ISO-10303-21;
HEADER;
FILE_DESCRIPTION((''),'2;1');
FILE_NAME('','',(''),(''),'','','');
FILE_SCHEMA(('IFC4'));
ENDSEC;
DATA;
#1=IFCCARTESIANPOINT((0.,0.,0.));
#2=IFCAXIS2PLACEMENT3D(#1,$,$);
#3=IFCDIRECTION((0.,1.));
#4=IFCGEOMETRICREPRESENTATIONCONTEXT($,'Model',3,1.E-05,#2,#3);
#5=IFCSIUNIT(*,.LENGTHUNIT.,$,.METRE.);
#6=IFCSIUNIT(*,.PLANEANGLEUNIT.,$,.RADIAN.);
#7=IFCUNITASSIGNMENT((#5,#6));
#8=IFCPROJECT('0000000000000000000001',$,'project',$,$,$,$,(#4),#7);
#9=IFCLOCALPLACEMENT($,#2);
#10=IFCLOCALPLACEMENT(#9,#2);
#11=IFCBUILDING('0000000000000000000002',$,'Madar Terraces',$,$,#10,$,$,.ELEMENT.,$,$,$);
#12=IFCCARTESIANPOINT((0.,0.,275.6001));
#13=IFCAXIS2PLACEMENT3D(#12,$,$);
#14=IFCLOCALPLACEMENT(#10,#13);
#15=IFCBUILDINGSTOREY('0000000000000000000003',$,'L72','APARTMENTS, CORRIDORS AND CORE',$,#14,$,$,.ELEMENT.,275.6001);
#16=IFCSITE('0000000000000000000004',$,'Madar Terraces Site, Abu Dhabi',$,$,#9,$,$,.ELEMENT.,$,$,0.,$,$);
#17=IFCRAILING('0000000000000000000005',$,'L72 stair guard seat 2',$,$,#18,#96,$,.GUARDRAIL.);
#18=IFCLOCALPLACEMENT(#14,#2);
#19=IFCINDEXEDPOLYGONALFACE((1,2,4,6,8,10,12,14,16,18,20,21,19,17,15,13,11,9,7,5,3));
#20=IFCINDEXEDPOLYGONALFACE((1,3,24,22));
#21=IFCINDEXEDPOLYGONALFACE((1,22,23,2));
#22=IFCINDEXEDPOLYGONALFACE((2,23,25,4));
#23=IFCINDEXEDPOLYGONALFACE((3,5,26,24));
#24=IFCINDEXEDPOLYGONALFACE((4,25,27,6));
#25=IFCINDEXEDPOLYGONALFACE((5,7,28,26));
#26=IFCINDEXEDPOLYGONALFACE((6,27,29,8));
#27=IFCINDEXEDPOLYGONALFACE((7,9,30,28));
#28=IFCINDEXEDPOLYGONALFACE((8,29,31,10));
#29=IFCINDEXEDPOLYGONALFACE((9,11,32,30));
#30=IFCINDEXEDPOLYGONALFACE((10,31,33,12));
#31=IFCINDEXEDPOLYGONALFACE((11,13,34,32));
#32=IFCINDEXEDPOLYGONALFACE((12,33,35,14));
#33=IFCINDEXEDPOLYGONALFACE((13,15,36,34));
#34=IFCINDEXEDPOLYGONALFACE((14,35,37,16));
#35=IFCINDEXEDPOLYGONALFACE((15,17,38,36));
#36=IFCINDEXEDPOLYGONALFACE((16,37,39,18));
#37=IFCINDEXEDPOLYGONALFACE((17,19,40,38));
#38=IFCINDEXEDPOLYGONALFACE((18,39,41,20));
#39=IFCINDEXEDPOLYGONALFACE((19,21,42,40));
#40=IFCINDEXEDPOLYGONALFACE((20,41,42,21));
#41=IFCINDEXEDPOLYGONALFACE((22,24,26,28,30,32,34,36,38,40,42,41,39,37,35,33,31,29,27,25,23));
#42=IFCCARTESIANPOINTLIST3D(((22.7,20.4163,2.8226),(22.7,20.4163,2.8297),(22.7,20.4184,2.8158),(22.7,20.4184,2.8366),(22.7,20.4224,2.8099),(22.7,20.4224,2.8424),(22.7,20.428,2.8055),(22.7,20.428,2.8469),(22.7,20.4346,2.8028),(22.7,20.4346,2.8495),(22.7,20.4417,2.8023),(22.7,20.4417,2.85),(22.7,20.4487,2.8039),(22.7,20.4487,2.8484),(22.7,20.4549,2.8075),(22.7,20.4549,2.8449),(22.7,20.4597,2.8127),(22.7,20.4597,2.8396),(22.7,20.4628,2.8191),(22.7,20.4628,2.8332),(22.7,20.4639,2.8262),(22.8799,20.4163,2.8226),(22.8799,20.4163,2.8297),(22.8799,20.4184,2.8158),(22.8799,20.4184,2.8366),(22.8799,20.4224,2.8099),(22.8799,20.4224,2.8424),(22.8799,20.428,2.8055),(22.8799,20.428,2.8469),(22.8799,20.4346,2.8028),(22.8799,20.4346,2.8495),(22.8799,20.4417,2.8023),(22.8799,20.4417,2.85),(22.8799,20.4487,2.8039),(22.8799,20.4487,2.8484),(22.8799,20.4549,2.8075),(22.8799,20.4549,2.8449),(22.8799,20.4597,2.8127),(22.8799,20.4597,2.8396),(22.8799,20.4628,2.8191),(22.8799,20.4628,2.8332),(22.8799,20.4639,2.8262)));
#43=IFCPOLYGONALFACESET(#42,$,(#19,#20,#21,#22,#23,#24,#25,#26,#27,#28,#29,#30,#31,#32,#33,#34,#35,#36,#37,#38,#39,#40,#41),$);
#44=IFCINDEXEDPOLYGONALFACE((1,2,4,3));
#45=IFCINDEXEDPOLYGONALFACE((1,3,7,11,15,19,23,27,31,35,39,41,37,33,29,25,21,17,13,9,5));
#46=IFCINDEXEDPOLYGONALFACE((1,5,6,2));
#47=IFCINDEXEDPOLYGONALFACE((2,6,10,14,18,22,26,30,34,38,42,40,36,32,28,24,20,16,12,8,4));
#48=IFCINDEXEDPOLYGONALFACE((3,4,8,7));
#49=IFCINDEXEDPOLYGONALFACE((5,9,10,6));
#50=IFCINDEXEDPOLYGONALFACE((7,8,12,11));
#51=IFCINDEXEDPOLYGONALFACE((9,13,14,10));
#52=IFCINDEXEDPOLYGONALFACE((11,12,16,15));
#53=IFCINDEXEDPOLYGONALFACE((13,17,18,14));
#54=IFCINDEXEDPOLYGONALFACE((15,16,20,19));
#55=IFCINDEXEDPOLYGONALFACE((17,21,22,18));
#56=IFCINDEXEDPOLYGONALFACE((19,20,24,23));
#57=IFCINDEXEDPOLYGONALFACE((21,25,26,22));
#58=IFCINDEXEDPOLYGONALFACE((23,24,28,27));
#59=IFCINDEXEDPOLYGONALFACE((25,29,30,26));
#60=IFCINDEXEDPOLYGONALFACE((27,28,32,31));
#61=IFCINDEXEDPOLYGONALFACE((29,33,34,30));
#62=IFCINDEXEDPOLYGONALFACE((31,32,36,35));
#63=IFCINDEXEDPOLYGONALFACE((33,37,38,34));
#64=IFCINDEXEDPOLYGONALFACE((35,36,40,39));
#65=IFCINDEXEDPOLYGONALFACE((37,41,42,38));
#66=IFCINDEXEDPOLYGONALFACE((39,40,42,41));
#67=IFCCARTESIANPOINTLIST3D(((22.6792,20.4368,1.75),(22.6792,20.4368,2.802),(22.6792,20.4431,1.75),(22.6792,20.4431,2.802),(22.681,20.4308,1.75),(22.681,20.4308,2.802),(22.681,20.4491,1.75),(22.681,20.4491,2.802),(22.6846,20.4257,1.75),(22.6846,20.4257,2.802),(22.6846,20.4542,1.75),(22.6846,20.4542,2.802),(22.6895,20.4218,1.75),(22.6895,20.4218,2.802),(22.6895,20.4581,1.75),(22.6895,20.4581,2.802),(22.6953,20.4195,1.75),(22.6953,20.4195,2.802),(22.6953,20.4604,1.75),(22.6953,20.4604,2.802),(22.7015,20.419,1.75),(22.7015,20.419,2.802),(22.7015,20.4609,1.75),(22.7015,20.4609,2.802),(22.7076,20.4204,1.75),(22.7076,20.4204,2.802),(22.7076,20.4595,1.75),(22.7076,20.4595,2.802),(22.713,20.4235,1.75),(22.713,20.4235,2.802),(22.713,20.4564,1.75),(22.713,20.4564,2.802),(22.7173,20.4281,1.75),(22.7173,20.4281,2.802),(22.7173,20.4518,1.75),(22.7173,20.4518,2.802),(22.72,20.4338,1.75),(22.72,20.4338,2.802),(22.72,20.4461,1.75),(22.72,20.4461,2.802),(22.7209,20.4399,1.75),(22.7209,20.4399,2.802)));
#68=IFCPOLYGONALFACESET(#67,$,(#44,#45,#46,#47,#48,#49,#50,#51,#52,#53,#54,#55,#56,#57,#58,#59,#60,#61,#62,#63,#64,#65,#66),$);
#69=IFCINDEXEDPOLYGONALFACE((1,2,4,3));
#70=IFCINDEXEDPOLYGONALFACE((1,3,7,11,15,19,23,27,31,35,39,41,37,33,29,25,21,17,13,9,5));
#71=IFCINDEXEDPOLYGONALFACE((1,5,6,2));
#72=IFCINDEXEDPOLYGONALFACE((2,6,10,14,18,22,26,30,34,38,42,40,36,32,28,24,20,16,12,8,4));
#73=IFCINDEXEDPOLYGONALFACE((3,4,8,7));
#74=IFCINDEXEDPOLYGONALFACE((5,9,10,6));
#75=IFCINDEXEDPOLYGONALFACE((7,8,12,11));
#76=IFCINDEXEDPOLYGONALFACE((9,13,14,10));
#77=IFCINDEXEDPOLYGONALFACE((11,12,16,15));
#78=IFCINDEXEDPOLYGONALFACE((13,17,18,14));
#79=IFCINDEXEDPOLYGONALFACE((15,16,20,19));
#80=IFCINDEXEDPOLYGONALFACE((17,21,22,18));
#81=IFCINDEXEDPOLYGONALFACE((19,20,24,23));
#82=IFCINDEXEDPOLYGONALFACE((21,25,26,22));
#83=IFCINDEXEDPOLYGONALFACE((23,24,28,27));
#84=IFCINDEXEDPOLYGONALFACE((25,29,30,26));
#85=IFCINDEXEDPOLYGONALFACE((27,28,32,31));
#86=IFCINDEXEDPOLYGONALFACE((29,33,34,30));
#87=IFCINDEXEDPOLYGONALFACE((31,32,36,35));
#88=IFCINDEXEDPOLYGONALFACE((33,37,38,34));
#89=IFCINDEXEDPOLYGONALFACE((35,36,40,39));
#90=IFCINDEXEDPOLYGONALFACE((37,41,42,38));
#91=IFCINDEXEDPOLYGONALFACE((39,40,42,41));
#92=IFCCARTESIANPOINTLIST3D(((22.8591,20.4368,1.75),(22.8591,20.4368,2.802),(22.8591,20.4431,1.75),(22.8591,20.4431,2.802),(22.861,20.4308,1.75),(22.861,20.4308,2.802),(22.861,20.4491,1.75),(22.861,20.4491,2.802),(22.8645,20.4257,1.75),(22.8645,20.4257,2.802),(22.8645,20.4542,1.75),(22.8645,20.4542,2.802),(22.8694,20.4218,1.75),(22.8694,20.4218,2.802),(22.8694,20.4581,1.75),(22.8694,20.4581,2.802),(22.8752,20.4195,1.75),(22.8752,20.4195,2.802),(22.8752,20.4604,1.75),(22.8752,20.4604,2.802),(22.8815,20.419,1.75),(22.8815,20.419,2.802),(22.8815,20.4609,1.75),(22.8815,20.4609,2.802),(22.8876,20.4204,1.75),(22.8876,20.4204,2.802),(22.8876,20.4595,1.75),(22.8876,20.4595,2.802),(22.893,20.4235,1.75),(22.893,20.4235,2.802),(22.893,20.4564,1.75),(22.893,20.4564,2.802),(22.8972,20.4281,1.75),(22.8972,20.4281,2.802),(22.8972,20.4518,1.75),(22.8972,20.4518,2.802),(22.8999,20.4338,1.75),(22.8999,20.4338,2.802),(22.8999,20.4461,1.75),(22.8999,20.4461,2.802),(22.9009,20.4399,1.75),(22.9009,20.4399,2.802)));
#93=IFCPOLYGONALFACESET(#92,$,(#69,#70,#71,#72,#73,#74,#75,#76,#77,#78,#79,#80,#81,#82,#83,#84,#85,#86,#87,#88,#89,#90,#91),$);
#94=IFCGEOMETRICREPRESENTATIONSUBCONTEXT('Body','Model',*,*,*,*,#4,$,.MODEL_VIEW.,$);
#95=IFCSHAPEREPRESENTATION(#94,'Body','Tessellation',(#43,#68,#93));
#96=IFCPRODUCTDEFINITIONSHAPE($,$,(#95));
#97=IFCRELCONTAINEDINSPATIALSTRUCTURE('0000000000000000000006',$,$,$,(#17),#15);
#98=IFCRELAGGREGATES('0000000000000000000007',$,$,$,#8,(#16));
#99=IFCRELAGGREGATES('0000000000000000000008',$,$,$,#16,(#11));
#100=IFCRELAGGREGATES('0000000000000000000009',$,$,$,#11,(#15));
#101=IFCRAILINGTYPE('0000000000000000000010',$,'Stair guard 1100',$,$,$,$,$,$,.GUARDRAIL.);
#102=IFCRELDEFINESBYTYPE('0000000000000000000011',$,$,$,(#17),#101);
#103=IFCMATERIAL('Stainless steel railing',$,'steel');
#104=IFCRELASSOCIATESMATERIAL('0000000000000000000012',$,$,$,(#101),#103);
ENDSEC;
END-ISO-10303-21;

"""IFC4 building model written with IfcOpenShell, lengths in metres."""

from ifc_helpers import new_model, si_unit, direction, frame, origin, origin_2d, place, context, subcontext, project, spatial, circle, extrude, material, type_object, element, save


model = new_model("IFC4")

# Units and contexts
model_context = context("Model", 3, precision=1e-05, world=origin(), true_north=direction((0.0, 1.0)))
body_context = subcontext(model_context, "Body", "Model", "MODEL_VIEW")
ifc_project = project(units=[si_unit("LENGTHUNIT", "METRE"), si_unit("PLANEANGLEUNIT", "RADIAN")], contexts=[model_context])

# Site, building, storey
site_placement = place(None, origin())
site = spatial("IfcSite", under=ifc_project, at=site_placement, Name="Madar Terraces Site, Abu Dhabi", CompositionType="ELEMENT", RefElevation=0.0)
building_placement = place(site_placement, origin())
building = spatial("IfcBuilding", under=site, at=building_placement, Name="Madar Terraces", CompositionType="ELEMENT")
storey_placement = place(building_placement, frame((0.0, 0.0, 275.6001)))
storey = spatial("IfcBuildingStorey", under=building, at=storey_placement, Name="L72", Description="APARTMENTS, CORRIDORS AND CORE", CompositionType="ELEMENT", Elevation=275.6001)

# Railing
ifc_material_1 = material(Name="Stainless steel railing", Category="steel")
railing_type = type_object("IfcRailingType", Name="Stair guard 1100", PredefinedType="GUARDRAIL", material=ifc_material_1)
railing_placement = place(storey_placement, frame((22.7, 20.4399, 1.75)))
element("IfcRailing", 1, at=railing_placement, inside=storey, type_object=railing_type, Name="L72 stair guard seat 2", PredefinedType="GUARDRAIL", context=body_context, shape_type="SweptSolid", body=[
    extrude(circle(Radius=0.0239, at=origin_2d()), frame((0.0, 0.0, 1.0762), z_axis=(1.0, 0.0, 0.0), x_axis=(0.0, 1.0, 0.0)), (0.0, 0.0, 1.0), 0.1799),
    extrude(circle(Radius=0.021, at=origin_2d()), origin(), (0.0, 0.0, 1.0), 1.052),
    extrude(circle(Radius=0.021, at=origin_2d()), frame((0.1799, 0.0, 0.0)), (0.0, 0.0, 1.0), 1.052),
])

save(model, "model.ifc")
